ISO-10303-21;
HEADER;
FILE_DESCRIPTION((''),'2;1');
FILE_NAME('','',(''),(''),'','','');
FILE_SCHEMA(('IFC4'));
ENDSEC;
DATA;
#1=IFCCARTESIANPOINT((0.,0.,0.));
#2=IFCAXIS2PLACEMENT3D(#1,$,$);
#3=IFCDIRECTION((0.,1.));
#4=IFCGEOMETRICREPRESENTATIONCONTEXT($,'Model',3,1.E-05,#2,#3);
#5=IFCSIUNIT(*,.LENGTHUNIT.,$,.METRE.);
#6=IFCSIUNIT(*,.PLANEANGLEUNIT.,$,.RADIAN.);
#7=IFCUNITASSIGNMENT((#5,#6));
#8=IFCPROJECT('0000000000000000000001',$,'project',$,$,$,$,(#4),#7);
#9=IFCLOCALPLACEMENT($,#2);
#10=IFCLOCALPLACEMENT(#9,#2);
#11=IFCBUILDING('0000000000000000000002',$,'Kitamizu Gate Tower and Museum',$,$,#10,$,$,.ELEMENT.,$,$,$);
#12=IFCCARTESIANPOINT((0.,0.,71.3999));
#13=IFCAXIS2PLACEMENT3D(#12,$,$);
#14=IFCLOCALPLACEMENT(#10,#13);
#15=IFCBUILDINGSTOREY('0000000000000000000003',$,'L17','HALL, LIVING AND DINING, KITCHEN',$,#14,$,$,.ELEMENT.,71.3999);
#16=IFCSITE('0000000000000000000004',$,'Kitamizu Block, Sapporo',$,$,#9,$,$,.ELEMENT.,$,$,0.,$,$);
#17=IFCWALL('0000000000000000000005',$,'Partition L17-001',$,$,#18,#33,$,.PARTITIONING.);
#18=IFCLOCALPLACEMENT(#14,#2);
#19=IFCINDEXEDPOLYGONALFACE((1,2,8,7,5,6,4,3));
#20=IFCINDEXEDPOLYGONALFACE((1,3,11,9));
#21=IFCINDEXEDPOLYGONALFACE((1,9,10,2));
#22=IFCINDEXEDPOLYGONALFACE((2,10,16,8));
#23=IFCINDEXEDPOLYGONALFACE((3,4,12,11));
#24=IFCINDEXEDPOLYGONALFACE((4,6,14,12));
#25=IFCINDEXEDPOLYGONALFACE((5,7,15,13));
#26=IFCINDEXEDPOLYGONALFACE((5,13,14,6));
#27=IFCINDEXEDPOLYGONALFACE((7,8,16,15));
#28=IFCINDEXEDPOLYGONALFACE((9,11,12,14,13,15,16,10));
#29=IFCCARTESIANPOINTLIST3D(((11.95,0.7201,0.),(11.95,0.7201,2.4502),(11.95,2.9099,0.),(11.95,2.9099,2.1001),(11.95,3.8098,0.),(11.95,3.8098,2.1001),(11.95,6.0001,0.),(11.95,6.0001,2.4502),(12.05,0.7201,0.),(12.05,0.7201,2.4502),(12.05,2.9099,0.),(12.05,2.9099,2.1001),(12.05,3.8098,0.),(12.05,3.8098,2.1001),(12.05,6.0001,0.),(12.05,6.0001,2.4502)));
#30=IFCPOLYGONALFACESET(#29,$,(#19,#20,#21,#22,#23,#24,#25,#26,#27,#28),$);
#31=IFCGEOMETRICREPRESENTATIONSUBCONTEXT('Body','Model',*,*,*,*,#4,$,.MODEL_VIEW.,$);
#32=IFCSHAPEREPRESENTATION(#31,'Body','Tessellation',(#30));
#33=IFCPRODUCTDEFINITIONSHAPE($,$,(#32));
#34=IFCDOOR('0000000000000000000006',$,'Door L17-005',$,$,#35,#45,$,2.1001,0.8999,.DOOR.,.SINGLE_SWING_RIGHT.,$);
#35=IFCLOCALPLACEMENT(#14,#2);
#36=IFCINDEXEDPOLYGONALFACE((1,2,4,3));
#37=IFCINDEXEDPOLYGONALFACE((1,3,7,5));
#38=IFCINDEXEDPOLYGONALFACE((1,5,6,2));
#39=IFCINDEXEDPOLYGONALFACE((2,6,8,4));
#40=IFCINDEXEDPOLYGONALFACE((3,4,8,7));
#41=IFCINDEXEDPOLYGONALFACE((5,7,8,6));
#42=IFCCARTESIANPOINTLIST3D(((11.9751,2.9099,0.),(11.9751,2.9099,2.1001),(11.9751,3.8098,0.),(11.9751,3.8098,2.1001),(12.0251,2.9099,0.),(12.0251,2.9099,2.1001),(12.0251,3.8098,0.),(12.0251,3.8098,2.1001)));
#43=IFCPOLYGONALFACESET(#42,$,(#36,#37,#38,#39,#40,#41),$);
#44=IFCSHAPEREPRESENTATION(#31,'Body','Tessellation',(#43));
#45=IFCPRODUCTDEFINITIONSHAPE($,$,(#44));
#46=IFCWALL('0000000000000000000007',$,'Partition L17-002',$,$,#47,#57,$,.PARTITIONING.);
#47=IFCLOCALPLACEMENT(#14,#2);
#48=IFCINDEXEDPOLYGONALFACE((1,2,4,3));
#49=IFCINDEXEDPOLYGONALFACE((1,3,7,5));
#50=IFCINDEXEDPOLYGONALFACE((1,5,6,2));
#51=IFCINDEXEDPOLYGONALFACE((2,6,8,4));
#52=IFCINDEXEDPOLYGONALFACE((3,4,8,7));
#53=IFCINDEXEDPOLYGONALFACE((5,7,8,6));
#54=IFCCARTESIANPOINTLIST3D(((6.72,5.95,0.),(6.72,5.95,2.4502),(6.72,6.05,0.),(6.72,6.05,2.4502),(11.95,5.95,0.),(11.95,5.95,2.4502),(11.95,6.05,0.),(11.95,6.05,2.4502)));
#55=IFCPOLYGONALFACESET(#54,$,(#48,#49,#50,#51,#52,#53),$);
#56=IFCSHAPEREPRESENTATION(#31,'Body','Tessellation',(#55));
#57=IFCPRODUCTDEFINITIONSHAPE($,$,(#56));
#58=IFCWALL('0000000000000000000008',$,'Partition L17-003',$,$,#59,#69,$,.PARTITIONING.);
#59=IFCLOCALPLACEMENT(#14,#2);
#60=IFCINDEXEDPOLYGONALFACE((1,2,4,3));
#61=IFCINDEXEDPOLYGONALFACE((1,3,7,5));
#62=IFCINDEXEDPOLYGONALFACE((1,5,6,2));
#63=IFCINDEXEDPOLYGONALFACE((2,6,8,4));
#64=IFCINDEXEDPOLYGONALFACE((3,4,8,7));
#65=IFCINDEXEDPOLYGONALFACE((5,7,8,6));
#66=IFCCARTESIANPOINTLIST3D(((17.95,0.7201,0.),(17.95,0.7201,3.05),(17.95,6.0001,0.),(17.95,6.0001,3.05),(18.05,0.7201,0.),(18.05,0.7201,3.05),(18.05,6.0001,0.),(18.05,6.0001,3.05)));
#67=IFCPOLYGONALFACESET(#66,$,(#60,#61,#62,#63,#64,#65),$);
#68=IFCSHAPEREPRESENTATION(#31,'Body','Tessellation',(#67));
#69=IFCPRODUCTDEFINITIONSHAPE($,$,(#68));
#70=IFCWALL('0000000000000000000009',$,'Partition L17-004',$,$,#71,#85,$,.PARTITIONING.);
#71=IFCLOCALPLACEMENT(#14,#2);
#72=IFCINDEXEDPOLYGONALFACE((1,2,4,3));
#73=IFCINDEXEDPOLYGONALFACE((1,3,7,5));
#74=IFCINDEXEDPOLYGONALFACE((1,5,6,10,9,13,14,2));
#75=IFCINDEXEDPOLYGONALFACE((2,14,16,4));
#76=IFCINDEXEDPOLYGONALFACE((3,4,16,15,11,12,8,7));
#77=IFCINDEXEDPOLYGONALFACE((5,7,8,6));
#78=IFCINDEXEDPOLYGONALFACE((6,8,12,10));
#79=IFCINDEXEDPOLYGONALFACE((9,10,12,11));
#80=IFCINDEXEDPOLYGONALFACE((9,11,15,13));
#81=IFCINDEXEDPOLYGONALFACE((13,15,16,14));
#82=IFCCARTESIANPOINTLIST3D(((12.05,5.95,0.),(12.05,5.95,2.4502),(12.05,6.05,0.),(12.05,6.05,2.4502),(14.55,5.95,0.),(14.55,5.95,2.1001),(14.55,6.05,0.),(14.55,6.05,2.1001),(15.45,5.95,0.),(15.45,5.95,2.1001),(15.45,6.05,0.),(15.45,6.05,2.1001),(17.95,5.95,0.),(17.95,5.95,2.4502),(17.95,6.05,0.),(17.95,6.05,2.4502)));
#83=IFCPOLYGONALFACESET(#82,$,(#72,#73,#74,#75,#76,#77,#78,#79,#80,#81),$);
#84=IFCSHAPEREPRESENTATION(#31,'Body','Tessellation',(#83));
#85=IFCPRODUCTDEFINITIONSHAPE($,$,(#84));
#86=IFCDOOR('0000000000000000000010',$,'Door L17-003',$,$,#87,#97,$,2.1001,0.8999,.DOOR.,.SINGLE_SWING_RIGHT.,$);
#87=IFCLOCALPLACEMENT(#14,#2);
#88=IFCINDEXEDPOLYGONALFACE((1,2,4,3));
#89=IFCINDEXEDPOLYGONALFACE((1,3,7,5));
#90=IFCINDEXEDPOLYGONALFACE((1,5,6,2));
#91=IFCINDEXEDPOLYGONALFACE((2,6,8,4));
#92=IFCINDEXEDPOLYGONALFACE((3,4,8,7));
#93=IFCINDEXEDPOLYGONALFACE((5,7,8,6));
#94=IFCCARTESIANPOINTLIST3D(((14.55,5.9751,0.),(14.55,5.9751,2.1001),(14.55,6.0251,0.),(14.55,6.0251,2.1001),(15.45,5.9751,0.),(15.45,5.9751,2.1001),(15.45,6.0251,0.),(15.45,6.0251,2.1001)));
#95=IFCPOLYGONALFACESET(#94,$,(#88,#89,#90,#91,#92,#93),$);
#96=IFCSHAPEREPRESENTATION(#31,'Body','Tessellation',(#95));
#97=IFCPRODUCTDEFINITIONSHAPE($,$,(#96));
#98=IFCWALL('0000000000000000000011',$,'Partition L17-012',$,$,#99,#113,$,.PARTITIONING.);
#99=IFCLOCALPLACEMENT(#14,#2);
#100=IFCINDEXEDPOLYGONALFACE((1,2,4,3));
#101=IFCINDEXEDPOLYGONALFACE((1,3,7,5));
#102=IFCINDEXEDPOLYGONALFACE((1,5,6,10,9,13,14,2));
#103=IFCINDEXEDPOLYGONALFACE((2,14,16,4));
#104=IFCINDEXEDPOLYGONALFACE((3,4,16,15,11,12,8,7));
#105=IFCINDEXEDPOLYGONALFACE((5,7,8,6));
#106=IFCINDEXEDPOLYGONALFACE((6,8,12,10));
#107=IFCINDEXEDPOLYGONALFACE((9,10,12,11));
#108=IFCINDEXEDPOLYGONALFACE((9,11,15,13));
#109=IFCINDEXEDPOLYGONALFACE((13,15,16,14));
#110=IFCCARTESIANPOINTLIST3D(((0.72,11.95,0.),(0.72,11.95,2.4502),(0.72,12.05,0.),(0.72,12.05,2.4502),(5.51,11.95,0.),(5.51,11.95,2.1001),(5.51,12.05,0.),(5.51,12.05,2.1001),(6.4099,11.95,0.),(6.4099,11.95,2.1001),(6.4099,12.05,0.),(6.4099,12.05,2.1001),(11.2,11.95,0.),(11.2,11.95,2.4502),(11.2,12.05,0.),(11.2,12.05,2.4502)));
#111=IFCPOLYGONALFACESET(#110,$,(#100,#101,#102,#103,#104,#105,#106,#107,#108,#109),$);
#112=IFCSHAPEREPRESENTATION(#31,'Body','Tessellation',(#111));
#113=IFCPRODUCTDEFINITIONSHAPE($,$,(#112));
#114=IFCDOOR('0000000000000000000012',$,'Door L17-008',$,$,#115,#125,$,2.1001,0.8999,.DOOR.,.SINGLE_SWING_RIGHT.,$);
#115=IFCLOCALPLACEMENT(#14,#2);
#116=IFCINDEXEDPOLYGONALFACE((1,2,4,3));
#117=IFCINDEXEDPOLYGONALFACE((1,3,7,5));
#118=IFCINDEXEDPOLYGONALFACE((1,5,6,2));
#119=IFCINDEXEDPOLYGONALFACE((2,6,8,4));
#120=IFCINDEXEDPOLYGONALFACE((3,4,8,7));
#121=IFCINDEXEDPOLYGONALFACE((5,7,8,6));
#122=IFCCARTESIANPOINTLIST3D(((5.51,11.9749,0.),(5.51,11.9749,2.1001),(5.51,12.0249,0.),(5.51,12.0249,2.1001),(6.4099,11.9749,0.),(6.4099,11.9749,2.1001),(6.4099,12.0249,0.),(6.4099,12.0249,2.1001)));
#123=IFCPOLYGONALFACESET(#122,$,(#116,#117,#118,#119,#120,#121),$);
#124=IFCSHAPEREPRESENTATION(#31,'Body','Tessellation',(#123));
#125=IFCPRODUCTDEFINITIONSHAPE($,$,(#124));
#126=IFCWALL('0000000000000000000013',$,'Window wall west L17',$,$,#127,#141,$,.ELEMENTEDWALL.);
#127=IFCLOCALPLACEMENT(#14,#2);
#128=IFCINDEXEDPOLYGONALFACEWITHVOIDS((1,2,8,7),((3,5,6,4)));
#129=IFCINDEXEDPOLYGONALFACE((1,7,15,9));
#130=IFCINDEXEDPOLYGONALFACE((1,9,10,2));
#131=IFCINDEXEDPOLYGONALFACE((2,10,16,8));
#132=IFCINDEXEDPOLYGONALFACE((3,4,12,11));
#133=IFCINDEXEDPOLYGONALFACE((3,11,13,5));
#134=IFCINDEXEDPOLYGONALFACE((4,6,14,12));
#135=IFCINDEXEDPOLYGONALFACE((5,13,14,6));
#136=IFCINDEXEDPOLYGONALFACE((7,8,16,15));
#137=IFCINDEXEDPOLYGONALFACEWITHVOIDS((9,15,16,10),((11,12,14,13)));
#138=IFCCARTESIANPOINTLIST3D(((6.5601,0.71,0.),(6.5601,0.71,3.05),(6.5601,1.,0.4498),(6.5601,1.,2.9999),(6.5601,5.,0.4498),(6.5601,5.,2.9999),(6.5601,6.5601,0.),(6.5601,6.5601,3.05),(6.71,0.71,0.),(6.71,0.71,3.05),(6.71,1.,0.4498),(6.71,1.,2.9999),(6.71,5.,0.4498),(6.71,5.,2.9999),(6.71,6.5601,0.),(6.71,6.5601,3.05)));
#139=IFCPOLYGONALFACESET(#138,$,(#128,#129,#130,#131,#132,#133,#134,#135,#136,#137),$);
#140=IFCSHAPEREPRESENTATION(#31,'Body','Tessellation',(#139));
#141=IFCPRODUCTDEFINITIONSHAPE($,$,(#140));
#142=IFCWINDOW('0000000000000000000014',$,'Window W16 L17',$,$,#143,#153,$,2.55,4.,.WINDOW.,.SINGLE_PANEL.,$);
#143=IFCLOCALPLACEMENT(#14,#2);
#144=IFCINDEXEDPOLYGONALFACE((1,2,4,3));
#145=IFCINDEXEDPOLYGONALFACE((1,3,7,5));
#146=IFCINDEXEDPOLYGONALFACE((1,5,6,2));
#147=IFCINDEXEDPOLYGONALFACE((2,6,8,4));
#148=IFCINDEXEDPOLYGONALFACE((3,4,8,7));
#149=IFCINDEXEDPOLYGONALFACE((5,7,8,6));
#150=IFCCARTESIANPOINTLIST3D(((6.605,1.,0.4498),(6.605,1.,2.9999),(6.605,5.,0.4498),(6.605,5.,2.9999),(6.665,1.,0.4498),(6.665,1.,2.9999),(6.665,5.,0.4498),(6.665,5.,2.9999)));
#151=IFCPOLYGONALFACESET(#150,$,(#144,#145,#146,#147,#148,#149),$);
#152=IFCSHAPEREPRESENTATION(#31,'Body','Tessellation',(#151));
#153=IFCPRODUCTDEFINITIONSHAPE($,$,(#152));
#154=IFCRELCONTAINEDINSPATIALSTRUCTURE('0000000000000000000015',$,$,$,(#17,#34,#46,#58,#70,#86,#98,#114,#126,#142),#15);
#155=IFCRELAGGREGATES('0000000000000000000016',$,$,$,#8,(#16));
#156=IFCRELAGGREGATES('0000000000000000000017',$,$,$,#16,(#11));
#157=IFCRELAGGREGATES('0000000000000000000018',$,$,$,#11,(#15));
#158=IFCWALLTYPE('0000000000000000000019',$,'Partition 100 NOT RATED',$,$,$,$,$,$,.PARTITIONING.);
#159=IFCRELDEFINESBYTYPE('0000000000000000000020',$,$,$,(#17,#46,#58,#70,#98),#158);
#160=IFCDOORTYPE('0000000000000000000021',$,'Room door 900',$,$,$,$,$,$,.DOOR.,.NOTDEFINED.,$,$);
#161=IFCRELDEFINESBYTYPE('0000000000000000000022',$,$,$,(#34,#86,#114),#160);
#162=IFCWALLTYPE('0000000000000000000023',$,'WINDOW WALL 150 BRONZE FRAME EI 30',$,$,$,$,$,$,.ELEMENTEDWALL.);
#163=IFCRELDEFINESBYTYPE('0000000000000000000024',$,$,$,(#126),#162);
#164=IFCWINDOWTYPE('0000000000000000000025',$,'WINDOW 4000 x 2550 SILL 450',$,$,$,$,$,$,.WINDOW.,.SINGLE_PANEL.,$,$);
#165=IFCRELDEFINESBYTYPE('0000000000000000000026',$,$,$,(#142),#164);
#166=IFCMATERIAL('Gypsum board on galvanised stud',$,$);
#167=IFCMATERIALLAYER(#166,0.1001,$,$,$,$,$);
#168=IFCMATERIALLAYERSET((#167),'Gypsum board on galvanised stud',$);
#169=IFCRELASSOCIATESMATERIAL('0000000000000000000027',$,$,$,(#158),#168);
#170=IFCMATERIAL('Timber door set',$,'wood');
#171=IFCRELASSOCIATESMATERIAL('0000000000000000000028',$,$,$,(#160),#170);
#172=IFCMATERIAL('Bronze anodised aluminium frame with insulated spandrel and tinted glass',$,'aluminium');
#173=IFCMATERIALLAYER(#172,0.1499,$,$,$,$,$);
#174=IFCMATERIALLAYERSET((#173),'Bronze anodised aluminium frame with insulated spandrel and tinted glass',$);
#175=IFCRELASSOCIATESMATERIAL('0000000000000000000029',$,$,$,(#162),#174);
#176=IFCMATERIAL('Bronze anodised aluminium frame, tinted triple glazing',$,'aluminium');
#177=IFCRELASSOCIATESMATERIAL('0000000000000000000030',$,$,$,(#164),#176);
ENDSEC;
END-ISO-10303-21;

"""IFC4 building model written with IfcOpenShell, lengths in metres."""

from ifc_helpers import new_model, si_unit, direction, frame, frame_2d, origin, place, context, subcontext, project, spatial, rectangle, extrude, material, layer, layer_set, type_object, element, fill, save


model = new_model("IFC4")

# Units and contexts
model_context = context("Model", 3, precision=1e-05, world=origin(), true_north=direction((0.0, 1.0)))
body_context = subcontext(model_context, "Body", "Model", "MODEL_VIEW")
ifc_project = project(units=[si_unit("LENGTHUNIT", "METRE"), si_unit("PLANEANGLEUNIT", "RADIAN")], contexts=[model_context])

# Site, building, storey
site_placement = place(None, origin())
site = spatial("IfcSite", under=ifc_project, at=site_placement, Name="Kitamizu Block, Sapporo", CompositionType="ELEMENT", RefElevation=0.0)
building_placement = place(site_placement, origin())
building = spatial("IfcBuilding", under=site, at=building_placement, Name="Kitamizu Gate Tower and Museum", CompositionType="ELEMENT")
storey_placement = place(building_placement, frame((0.0, 0.0, 71.3999)))
storey = spatial("IfcBuildingStorey", under=building, at=storey_placement, Name="L17", Description="HALL, LIVING AND DINING, KITCHEN", CompositionType="ELEMENT", Elevation=71.3999)

# Wall, opening, door
ifc_material_1 = material(Name="Gypsum board on galvanised stud")
ifc_layer_1 = layer(ifc_material_1, 0.1001)
ifc_layer_set_1 = layer_set([ifc_layer_1], Name="Gypsum board on galvanised stud")
wall_type_1 = type_object("IfcWallType", Name="Partition 100 NOT RATED", PredefinedType="PARTITIONING", material=ifc_layer_set_1)
wall_1_placement = place(storey_placement, frame((12.0, 0.72, 0.0), z_axis=(0.0, 0.0, 1.0), x_axis=(0.0, 1.0, 0.0)))
wall_1 = element("IfcWall", 1, at=wall_1_placement, inside=storey, type_object=wall_type_1, Name="Partition L17-001", PredefinedType="PARTITIONING", context=body_context, shape_type="SweptSolid", body=[
    extrude(rectangle(XDim=5.28, YDim=0.1001, at=frame_2d((2.6401, 0.0))), origin(), (0.0, 0.0, 1.0), 2.4502),
])
opening_1_placement = place(wall_1_placement, frame((2.1899, 0.0, 0.0)))
opening_1 = element("IfcOpeningElement", 2, at=opening_1_placement, cuts=wall_1, PredefinedType="OPENING", context=body_context, shape_type="SweptSolid", body=[
    extrude(rectangle(XDim=0.8999, YDim=2.1001, at=frame_2d((0.45, 1.05))), frame((0.0, 0.0601, 0.0), z_axis=(0.0, -1.0, 0.0), x_axis=(1.0, 0.0, 0.0)), (0.0, 0.0, 1.0), 0.1201),
])
ifc_material_2 = material(Name="Timber door set", Category="wood")
door_type = type_object("IfcDoorType", Name="Room door 900", OperationType="NOTDEFINED", PredefinedType="DOOR", material=ifc_material_2)
door_1_placement = place(opening_1_placement, origin())
door_1 = element("IfcDoor", 3, at=door_1_placement, inside=storey, type_object=door_type, Name="Door L17-005", OperationType="SINGLE_SWING_RIGHT", OverallHeight=2.1001, OverallWidth=0.8999, PredefinedType="DOOR", context=body_context, shape_type="SweptSolid", body=[
    extrude(rectangle(XDim=0.8999, YDim=2.1001, at=frame_2d((0.45, 1.05))), frame((0.0, 0.0249, 0.0), z_axis=(0.0, -1.0, 0.0), x_axis=(1.0, 0.0, 0.0)), (0.0, 0.0, 1.0), 0.05),
])
fill(opening_1, door_1)

# Walls
wall_2_placement = place(storey_placement, frame((11.95, 6.0, 0.0), z_axis=(0.0, 0.0, 1.0), x_axis=(-1.0, 0.0, 0.0)))
element("IfcWall", 4, at=wall_2_placement, inside=storey, type_object=wall_type_1, Name="Partition L17-002", PredefinedType="PARTITIONING", context=body_context, shape_type="SweptSolid", body=[
    extrude(rectangle(XDim=5.23, YDim=0.1001, at=frame_2d((2.615, 0.0))), origin(), (0.0, 0.0, 1.0), 2.4502),
])
wall_3_placement = place(storey_placement, frame((18.0, 0.72, 0.0), z_axis=(0.0, 0.0, 1.0), x_axis=(0.0, 1.0, 0.0)))
element("IfcWall", 5, at=wall_3_placement, inside=storey, type_object=wall_type_1, Name="Partition L17-003", PredefinedType="PARTITIONING", context=body_context, shape_type="SweptSolid", body=[
    extrude(rectangle(XDim=5.28, YDim=0.1001, at=frame_2d((2.6401, 0.0))), origin(), (0.0, 0.0, 1.0), 3.05),
])

# Walls, openings, doors
wall_4_placement = place(storey_placement, frame((17.95, 6.0, 0.0), z_axis=(0.0, 0.0, 1.0), x_axis=(-1.0, 0.0, 0.0)))
wall_4 = element("IfcWall", 6, at=wall_4_placement, inside=storey, type_object=wall_type_1, Name="Partition L17-004", PredefinedType="PARTITIONING", context=body_context, shape_type="SweptSolid", body=[
    extrude(rectangle(XDim=5.8999, YDim=0.1001, at=frame_2d((2.95, 0.0))), origin(), (0.0, 0.0, 1.0), 2.4502),
])
opening_2_placement = place(wall_4_placement, frame((2.5, 0.0, 0.0)))
opening_2 = element("IfcOpeningElement", 7, at=opening_2_placement, cuts=wall_4, PredefinedType="OPENING", context=body_context, shape_type="SweptSolid", body=[
    extrude(rectangle(XDim=0.8999, YDim=2.1001, at=frame_2d((0.45, 1.05))), frame((0.0, 0.0601, 0.0), z_axis=(0.0, -1.0, 0.0), x_axis=(1.0, 0.0, 0.0)), (0.0, 0.0, 1.0), 0.1201),
])
door_2_placement = place(opening_2_placement, origin())
door_2 = element("IfcDoor", 8, at=door_2_placement, inside=storey, type_object=door_type, Name="Door L17-003", OperationType="SINGLE_SWING_RIGHT", OverallHeight=2.1001, OverallWidth=0.8999, PredefinedType="DOOR", context=body_context, shape_type="SweptSolid", body=[
    extrude(rectangle(XDim=0.8999, YDim=2.1001, at=frame_2d((0.45, 1.05))), frame((0.0, 0.0249, 0.0), z_axis=(0.0, -1.0, 0.0), x_axis=(1.0, 0.0, 0.0)), (0.0, 0.0, 1.0), 0.05),
])
fill(opening_2, door_2)
wall_5_placement = place(storey_placement, frame((11.2, 12.0, 0.0), z_axis=(0.0, 0.0, 1.0), x_axis=(-1.0, 0.0, 0.0)))
wall_5 = element("IfcWall", 9, at=wall_5_placement, inside=storey, type_object=wall_type_1, Name="Partition L17-012", PredefinedType="PARTITIONING", context=body_context, shape_type="SweptSolid", body=[
    extrude(rectangle(XDim=10.48, YDim=0.1001, at=frame_2d((5.24, 0.0))), origin(), (0.0, 0.0, 1.0), 2.4502),
])
opening_3_placement = place(wall_5_placement, frame((4.79, 0.0, 0.0)))
opening_3 = element("IfcOpeningElement", 10, at=opening_3_placement, cuts=wall_5, PredefinedType="OPENING", context=body_context, shape_type="SweptSolid", body=[
    extrude(rectangle(XDim=0.8999, YDim=2.1001, at=frame_2d((0.45, 1.05))), frame((0.0, 0.0601, 0.0), z_axis=(0.0, -1.0, 0.0), x_axis=(1.0, 0.0, 0.0)), (0.0, 0.0, 1.0), 0.1201),
])
door_3_placement = place(opening_3_placement, frame((0.8999, 0.0, 0.0), x_axis=(-1.0, 0.0, 0.0)))
door_3 = element("IfcDoor", 11, at=door_3_placement, inside=storey, type_object=door_type, Name="Door L17-008", OperationType="SINGLE_SWING_RIGHT", OverallHeight=2.1001, OverallWidth=0.8999, PredefinedType="DOOR", context=body_context, shape_type="SweptSolid", body=[
    extrude(rectangle(XDim=0.8999, YDim=2.1001, at=frame_2d((0.45, 1.05))), frame((0.0, 0.0249, 0.0), z_axis=(0.0, -1.0, 0.0), x_axis=(1.0, 0.0, 0.0)), (0.0, 0.0, 1.0), 0.05),
])
fill(opening_3, door_3)

# Wall, opening, window
ifc_material_3 = material(Name="Bronze anodised aluminium frame with insulated spandrel and tinted glass", Category="aluminium")
ifc_layer_2 = layer(ifc_material_3, 0.1499)
ifc_layer_set_2 = layer_set([ifc_layer_2], Name="Bronze anodised aluminium frame with insulated spandrel and tinted glass")
wall_type_2 = type_object("IfcWallType", Name="WINDOW WALL 150 BRONZE FRAME EI 30", PredefinedType="ELEMENTEDWALL", material=ifc_layer_set_2)
wall_6_placement = place(storey_placement, frame((6.635, 0.71, 0.0), z_axis=(0.0, 0.0, 1.0), x_axis=(0.0, 1.0, 0.0)))
wall_6 = element("IfcWall", 12, at=wall_6_placement, inside=storey, type_object=wall_type_2, Name="Window wall west L17", PredefinedType="ELEMENTEDWALL", context=body_context, shape_type="SweptSolid", body=[
    extrude(rectangle(XDim=5.8501, YDim=0.1499, at=frame_2d((2.925, 0.0))), origin(), (0.0, 0.0, 1.0), 3.05),
])
opening_4_placement = place(wall_6_placement, frame((0.29, 0.0, 0.45)))
opening_4 = element("IfcOpeningElement", 13, at=opening_4_placement, cuts=wall_6, PredefinedType="OPENING", context=body_context, shape_type="SweptSolid", body=[
    extrude(rectangle(XDim=4.0, YDim=2.55, at=frame_2d((2.0, 1.2749))), frame((0.0, 0.085, 0.0), z_axis=(0.0, -1.0, 0.0), x_axis=(1.0, 0.0, 0.0)), (0.0, 0.0, 1.0), 0.1699),
])
ifc_material_4 = material(Name="Bronze anodised aluminium frame, tinted triple glazing", Category="aluminium")
window_type = type_object("IfcWindowType", Name="WINDOW 4000 x 2550 SILL 450", PartitioningType="SINGLE_PANEL", PredefinedType="WINDOW", material=ifc_material_4)
window_placement = place(opening_4_placement, origin())
window = element("IfcWindow", 14, at=window_placement, inside=storey, type_object=window_type, Name="Window W16 L17", OverallHeight=2.55, OverallWidth=4.0, PartitioningType="SINGLE_PANEL", PredefinedType="WINDOW", context=body_context, shape_type="SweptSolid", body=[
    extrude(rectangle(XDim=4.0, YDim=2.55, at=frame_2d((2.0, 1.2749))), frame((0.0, 0.03, 0.0), z_axis=(0.0, -1.0, 0.0), x_axis=(1.0, 0.0, 0.0)), (0.0, 0.0, 1.0), 0.0601),
])
fill(opening_4, window)

save(model, "model.ifc")
